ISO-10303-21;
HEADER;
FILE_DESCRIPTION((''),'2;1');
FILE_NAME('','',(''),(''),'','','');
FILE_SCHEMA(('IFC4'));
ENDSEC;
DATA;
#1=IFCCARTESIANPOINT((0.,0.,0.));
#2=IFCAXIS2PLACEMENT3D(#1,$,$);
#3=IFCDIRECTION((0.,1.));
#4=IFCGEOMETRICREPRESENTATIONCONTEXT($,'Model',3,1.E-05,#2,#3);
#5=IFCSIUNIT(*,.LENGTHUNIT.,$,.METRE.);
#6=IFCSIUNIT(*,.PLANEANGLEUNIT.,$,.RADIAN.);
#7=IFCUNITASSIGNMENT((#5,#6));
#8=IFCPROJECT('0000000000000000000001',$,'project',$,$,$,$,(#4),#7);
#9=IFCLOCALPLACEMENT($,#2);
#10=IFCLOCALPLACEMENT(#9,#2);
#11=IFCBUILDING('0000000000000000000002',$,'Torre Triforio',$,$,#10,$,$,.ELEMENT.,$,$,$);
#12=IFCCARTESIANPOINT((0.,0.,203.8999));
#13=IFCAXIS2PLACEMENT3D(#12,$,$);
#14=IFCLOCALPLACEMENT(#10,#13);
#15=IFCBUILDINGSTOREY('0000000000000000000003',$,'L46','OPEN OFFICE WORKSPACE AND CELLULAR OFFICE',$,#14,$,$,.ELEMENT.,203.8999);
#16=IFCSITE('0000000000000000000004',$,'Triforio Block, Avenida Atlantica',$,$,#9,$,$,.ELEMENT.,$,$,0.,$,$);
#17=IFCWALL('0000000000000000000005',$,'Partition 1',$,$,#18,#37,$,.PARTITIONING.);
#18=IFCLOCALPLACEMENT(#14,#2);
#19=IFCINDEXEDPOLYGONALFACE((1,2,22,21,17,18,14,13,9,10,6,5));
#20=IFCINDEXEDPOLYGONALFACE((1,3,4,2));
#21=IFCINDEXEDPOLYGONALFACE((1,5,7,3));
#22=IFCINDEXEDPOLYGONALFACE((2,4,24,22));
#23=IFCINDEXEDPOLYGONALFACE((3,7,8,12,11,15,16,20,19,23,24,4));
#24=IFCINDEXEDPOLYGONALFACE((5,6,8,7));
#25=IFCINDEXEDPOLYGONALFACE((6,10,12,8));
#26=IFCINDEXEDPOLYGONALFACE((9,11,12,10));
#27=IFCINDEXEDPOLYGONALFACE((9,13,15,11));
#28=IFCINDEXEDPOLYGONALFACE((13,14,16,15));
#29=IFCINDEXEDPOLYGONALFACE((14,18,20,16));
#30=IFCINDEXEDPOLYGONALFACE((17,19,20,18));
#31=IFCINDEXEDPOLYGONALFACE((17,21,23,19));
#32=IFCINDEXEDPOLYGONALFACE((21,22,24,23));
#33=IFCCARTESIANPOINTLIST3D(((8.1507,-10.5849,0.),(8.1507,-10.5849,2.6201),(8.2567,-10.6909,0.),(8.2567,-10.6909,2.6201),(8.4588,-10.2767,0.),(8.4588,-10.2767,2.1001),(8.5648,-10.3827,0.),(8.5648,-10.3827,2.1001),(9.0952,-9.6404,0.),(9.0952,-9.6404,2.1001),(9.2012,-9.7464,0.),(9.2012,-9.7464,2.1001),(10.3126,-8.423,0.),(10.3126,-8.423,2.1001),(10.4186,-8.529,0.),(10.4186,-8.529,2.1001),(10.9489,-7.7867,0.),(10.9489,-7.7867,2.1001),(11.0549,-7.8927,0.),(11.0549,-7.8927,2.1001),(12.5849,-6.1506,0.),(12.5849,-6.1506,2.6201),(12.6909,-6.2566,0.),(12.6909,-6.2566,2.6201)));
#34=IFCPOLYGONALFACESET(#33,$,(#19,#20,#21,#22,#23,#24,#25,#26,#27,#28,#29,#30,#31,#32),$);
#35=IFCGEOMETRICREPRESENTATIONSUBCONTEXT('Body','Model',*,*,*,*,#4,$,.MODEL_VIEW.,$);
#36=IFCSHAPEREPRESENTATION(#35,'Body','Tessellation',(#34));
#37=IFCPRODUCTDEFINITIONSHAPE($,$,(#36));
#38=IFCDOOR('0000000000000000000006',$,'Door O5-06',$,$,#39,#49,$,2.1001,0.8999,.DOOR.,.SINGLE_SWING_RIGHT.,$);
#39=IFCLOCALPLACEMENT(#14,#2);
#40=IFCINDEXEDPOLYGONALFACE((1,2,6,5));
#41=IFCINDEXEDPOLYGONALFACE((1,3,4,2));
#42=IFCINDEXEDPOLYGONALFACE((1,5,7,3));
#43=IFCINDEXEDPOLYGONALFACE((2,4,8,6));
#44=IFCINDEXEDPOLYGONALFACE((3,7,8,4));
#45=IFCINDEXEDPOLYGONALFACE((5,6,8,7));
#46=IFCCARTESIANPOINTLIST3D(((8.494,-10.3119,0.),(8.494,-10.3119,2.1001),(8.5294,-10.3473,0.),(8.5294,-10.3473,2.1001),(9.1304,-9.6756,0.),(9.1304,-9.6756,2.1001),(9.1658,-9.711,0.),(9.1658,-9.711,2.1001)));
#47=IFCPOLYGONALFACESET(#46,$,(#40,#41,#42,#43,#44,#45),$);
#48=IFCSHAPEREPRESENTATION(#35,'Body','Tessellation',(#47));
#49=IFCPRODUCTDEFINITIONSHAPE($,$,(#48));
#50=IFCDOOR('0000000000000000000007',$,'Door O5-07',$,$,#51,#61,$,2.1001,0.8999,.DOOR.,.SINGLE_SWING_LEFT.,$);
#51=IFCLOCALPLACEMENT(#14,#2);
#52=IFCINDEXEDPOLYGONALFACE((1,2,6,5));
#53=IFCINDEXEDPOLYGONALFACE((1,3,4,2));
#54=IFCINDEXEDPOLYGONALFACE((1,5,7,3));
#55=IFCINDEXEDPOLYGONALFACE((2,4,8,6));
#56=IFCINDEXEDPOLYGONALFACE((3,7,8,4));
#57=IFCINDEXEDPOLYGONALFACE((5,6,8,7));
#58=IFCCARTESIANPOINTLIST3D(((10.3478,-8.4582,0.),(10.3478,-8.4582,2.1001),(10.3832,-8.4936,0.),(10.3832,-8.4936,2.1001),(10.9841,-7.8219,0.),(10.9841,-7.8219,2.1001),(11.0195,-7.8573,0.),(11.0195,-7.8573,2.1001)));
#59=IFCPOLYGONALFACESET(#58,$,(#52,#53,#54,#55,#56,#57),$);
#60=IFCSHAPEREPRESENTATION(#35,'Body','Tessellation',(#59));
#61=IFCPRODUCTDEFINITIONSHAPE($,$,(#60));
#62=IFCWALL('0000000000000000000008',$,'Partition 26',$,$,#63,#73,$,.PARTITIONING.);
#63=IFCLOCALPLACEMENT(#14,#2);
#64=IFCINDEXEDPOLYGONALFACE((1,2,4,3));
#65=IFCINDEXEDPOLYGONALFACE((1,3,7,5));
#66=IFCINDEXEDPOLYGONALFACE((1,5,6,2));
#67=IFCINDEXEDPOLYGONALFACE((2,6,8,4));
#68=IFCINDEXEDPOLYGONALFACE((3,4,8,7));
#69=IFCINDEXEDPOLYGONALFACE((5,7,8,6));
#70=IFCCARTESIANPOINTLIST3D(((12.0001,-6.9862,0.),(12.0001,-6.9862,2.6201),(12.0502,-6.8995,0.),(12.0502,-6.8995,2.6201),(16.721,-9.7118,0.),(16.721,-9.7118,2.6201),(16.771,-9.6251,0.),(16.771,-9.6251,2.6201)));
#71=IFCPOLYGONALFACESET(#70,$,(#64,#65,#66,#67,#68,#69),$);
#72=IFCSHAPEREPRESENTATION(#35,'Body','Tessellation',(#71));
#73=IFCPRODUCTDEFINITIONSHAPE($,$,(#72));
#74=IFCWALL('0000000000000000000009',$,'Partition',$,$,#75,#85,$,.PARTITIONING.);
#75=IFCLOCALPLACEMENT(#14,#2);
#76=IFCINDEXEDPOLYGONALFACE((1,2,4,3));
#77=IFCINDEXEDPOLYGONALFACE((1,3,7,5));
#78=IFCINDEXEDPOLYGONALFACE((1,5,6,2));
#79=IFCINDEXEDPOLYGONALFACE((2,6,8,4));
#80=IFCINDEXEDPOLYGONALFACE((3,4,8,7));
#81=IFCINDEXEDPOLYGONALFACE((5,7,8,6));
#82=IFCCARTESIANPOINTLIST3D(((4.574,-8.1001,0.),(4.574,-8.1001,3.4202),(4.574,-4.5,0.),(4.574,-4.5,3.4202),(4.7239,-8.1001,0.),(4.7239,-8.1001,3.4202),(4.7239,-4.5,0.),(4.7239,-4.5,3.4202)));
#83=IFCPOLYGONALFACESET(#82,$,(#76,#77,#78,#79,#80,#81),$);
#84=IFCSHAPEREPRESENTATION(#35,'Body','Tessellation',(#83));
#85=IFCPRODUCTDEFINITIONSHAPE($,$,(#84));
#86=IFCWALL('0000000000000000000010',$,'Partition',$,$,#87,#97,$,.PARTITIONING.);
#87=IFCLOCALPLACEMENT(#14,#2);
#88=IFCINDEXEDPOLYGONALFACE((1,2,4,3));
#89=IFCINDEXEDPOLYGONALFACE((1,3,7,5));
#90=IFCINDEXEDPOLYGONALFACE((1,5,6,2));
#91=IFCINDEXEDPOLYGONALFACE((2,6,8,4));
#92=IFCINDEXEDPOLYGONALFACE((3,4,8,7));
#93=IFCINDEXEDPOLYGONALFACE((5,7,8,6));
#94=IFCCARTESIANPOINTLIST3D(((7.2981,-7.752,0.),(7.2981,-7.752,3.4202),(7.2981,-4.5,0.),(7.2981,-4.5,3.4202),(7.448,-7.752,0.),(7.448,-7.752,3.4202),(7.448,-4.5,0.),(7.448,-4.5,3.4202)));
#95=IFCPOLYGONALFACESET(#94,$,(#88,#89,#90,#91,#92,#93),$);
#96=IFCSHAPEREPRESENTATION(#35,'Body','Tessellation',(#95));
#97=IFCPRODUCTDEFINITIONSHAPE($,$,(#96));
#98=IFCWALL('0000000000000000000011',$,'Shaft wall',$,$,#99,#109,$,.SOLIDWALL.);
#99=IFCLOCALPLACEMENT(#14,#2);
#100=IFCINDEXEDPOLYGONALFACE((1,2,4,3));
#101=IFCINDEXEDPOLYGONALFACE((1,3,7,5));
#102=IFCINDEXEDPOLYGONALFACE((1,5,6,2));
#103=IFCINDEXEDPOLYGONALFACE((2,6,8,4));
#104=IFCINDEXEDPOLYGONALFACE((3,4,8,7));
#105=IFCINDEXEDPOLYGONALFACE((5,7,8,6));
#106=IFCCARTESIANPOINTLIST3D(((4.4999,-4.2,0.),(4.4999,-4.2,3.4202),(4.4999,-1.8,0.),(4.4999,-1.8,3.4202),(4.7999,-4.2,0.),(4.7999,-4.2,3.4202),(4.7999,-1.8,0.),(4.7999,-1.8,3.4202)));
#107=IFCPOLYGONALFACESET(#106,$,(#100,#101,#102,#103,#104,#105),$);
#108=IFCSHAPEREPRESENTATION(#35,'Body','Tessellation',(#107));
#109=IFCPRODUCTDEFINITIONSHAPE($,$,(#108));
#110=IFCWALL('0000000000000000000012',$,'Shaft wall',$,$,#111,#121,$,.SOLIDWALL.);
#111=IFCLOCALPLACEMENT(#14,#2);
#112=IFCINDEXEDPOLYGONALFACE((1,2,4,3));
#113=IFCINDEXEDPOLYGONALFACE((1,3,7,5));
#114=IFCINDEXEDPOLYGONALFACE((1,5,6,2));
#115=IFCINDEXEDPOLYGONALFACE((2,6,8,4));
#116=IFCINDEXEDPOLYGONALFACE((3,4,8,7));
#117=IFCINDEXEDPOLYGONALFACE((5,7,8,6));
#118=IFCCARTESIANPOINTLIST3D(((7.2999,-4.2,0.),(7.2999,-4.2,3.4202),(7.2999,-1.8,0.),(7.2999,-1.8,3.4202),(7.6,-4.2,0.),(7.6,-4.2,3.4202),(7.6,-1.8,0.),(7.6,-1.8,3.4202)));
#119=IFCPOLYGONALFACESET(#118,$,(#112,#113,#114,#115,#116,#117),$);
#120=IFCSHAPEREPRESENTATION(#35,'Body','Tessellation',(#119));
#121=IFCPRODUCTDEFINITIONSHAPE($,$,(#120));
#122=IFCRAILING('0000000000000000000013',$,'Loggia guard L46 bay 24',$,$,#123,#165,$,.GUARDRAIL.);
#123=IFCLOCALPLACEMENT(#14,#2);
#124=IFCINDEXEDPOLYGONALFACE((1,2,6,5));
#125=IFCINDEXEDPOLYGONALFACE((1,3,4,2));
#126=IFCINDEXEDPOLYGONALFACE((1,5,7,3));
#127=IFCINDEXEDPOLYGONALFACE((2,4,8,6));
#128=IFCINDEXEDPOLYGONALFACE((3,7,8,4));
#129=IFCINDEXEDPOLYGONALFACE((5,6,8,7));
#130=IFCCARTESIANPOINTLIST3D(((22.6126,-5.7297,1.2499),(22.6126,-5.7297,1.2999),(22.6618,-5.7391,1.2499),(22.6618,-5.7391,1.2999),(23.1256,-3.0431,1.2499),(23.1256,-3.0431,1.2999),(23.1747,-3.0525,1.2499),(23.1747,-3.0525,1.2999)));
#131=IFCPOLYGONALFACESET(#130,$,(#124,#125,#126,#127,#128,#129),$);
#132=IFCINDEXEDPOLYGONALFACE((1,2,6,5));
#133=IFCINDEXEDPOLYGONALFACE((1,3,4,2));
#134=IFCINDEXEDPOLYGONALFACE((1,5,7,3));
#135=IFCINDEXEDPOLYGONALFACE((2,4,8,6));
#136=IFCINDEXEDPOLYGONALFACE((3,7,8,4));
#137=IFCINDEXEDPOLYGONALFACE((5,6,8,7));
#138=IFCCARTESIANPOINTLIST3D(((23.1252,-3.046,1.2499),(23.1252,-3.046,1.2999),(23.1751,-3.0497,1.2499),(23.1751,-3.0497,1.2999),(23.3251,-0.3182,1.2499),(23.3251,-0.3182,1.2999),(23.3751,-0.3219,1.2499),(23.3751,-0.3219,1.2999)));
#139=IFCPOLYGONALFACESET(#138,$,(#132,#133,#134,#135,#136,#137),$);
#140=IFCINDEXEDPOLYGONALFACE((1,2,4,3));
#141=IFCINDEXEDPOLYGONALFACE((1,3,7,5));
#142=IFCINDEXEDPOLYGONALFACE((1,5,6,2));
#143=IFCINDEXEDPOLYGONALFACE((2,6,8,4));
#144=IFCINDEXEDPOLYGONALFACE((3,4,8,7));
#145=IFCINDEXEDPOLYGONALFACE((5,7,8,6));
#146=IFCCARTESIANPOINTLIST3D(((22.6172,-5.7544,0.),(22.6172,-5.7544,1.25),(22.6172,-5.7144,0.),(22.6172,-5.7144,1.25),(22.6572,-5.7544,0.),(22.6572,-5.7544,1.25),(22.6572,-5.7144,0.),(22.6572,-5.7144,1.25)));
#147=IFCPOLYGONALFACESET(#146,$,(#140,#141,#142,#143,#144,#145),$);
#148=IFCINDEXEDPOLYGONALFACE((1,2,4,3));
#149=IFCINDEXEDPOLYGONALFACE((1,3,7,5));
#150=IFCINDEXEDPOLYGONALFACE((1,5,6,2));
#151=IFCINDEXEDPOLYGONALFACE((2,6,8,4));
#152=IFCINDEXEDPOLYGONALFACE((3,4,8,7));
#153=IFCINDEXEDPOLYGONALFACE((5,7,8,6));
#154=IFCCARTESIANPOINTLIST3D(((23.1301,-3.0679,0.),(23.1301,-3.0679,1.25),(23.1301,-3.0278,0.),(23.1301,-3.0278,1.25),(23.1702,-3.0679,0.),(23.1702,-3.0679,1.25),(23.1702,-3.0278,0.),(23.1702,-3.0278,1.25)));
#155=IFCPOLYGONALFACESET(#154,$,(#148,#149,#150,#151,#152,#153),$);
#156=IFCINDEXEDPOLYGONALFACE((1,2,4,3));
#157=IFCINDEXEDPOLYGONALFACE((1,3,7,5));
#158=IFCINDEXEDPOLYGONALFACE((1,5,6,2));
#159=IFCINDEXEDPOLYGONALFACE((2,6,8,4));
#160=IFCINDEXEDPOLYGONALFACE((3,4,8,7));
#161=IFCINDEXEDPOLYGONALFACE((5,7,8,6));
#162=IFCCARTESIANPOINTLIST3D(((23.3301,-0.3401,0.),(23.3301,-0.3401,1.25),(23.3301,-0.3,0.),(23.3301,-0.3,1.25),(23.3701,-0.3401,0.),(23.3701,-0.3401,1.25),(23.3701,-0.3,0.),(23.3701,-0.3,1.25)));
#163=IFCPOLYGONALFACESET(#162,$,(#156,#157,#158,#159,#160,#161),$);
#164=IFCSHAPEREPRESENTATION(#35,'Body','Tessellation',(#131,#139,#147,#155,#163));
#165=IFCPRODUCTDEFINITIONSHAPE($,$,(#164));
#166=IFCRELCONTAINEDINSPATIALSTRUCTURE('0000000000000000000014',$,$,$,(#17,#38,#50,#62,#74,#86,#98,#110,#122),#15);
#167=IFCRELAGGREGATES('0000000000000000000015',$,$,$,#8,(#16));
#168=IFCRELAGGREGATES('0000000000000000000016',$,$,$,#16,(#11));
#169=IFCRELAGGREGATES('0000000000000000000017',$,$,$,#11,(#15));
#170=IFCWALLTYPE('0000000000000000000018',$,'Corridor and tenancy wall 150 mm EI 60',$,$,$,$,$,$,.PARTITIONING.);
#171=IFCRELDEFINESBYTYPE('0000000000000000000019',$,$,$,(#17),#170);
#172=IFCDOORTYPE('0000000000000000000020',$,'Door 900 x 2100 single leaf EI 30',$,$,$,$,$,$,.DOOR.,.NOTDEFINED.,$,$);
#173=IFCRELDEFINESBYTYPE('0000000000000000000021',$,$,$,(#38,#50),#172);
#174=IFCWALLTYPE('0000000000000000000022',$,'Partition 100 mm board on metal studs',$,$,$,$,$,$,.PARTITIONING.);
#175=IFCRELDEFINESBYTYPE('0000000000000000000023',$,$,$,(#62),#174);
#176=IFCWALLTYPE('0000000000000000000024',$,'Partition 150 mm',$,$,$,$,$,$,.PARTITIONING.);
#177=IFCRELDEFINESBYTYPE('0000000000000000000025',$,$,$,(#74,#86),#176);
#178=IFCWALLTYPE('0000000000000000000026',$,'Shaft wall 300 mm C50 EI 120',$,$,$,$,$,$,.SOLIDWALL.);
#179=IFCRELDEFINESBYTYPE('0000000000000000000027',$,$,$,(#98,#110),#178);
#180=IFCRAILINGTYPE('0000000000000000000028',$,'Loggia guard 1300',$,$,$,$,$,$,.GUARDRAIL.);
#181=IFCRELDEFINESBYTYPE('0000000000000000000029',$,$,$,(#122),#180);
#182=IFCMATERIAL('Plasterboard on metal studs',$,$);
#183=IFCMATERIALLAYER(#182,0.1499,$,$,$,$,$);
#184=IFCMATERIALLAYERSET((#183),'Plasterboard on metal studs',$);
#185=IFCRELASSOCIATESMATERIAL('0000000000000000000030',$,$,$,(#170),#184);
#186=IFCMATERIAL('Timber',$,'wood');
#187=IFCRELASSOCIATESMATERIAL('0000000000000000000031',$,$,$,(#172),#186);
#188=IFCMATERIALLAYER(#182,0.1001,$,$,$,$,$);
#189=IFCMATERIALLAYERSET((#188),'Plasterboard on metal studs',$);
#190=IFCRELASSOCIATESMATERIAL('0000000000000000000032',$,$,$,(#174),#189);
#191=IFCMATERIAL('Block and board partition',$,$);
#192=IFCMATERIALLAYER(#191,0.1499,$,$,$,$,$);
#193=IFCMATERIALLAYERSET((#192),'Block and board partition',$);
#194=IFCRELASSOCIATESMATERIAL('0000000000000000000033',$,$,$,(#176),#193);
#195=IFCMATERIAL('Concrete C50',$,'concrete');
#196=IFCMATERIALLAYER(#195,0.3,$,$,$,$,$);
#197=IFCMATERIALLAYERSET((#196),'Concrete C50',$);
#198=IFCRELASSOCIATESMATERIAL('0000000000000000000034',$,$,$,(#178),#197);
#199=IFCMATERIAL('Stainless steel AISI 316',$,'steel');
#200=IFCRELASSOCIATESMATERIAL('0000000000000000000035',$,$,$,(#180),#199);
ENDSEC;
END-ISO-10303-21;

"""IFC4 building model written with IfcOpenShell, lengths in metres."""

from ifc_helpers import new_model, si_unit, direction, frame, frame_2d, origin, origin_2d, place, context, subcontext, project, spatial, rectangle, extrude, material, layer, layer_set, type_object, element, fill, save


model = new_model("IFC4")

# Units and contexts
model_context = context("Model", 3, precision=1e-05, world=origin(), true_north=direction((0.0, 1.0)))
body_context = subcontext(model_context, "Body", "Model", "MODEL_VIEW")
ifc_project = project(units=[si_unit("LENGTHUNIT", "METRE"), si_unit("PLANEANGLEUNIT", "RADIAN")], contexts=[model_context])

# Site, building, storey
site_placement = place(None, origin())
site = spatial("IfcSite", under=ifc_project, at=site_placement, Name="Triforio Block, Avenida Atlantica", CompositionType="ELEMENT", RefElevation=0.0)
building_placement = place(site_placement, origin())
building = spatial("IfcBuilding", under=site, at=building_placement, Name="Torre Triforio", CompositionType="ELEMENT")
storey_placement = place(building_placement, frame((0.0, 0.0, 203.8999)))
storey = spatial("IfcBuildingStorey", under=building, at=storey_placement, Name="L46", Description="OPEN OFFICE WORKSPACE AND CELLULAR OFFICE", CompositionType="ELEMENT", Elevation=203.8999)

# Shared definitions
ifc_material_1 = material(Name="Concrete C50", Category="concrete")

# Wall, openings, doors
ifc_material_2 = material(Name="Plasterboard on metal studs")
ifc_layer_1 = layer(ifc_material_2, 0.1499)
ifc_layer_set_1 = layer_set([ifc_layer_1], Name="Plasterboard on metal studs")
wall_type_1 = type_object("IfcWallType", Name="Corridor and tenancy wall 150 mm EI 60", PredefinedType="PARTITIONING", material=ifc_layer_set_1)
wall_1_placement = place(storey_placement, frame((12.6379, -6.2036, 0.0), z_axis=(0.0, 0.0, 1.0), x_axis=(-0.707107, -0.707107, 0.0)))
wall_1 = element("IfcWall", 1, at=wall_1_placement, inside=storey, type_object=wall_type_1, Name="Partition 1", PredefinedType="PARTITIONING", context=body_context, shape_type="SweptSolid", body=[
    extrude(rectangle(XDim=6.271, YDim=0.1499, at=frame_2d((3.1355, 0.0))), origin(), (0.0, 0.0, 1.0), 2.6201),
])
opening_1_placement = place(wall_1_placement, frame((4.9353, 0.0, 0.0)))
opening_1 = element("IfcOpeningElement", 2, at=opening_1_placement, cuts=wall_1, PredefinedType="OPENING", context=body_context, shape_type="SweptSolid", body=[
    extrude(rectangle(XDim=0.8999, YDim=2.1001, at=frame_2d((0.45, 1.05))), frame((0.0, 0.085, 0.0), z_axis=(0.0, -1.0, 0.0), x_axis=(1.0, 0.0, 0.0)), (0.0, 0.0, 1.0), 0.1699),
])
opening_2_placement = place(wall_1_placement, frame((2.3137, 0.0, 0.0)))
opening_2 = element("IfcOpeningElement", 3, at=opening_2_placement, cuts=wall_1, PredefinedType="OPENING", context=body_context, shape_type="SweptSolid", body=[
    extrude(rectangle(XDim=0.8999, YDim=2.1001, at=frame_2d((0.45, 1.05))), frame((0.0, 0.085, 0.0), z_axis=(0.0, -1.0, 0.0), x_axis=(1.0, 0.0, 0.0)), (0.0, 0.0, 1.0), 0.1699),
])
ifc_material_3 = material(Name="Timber", Category="wood")
door_type_1 = type_object("IfcDoorType", Name="Door 900 x 2100 single leaf EI 30", OperationType="NOTDEFINED", PredefinedType="DOOR", material=ifc_material_3)
door_1_placement = place(opening_1_placement, origin())
door_1 = element("IfcDoor", 4, at=door_1_placement, inside=storey, type_object=door_type_1, Name="Door O5-06", OperationType="SINGLE_SWING_RIGHT", OverallHeight=2.1001, OverallWidth=0.8999, PredefinedType="DOOR", context=body_context, shape_type="SweptSolid", body=[
    extrude(rectangle(XDim=0.8999, YDim=2.1001, at=frame_2d((0.45, 1.05))), frame((0.0, 0.0249, 0.0), z_axis=(0.0, -1.0, 0.0), x_axis=(1.0, 0.0, 0.0)), (0.0, 0.0, 1.0), 0.05),
])
fill(opening_1, door_1)
door_2_placement = place(opening_2_placement, origin())
door_2 = element("IfcDoor", 5, at=door_2_placement, inside=storey, type_object=door_type_1, Name="Door O5-07", OperationType="SINGLE_SWING_LEFT", OverallHeight=2.1001, OverallWidth=0.8999, PredefinedType="DOOR", context=body_context, shape_type="SweptSolid", body=[
    extrude(rectangle(XDim=0.8999, YDim=2.1001, at=frame_2d((0.45, 1.05))), frame((0.0, 0.0249, 0.0), z_axis=(0.0, -1.0, 0.0), x_axis=(1.0, 0.0, 0.0)), (0.0, 0.0, 1.0), 0.05),
])
fill(opening_2, door_2)

# Walls
ifc_layer_2 = layer(ifc_material_2, 0.1001)
ifc_layer_set_2 = layer_set([ifc_layer_2], Name="Plasterboard on metal studs")
wall_type_2 = type_object("IfcWallType", Name="Partition 100 mm board on metal studs", PredefinedType="PARTITIONING", material=ifc_layer_set_2)
wall_2_placement = place(storey_placement, frame((12.0251, -6.9429, 0.0), z_axis=(0.0, 0.0, 1.0), x_axis=(0.86603, -0.499993, 0.0)))
element("IfcWall", 6, at=wall_2_placement, inside=storey, type_object=wall_type_2, Name="Partition 26", PredefinedType="PARTITIONING", context=body_context, shape_type="SweptSolid", body=[
    extrude(rectangle(XDim=5.4512, YDim=0.1001, at=frame_2d((2.7256, 0.0))), origin(), (0.0, 0.0, 1.0), 2.6201),
])
ifc_material_4 = material(Name="Block and board partition")
ifc_layer_3 = layer(ifc_material_4, 0.1499)
ifc_layer_set_3 = layer_set([ifc_layer_3], Name="Block and board partition")
wall_type_3 = type_object("IfcWallType", Name="Partition 150 mm", PredefinedType="PARTITIONING", material=ifc_layer_set_3)
wall_3_placement = place(storey_placement, frame((4.6489, -8.1001, 0.0), z_axis=(0.0, 0.0, 1.0), x_axis=(0.0, 1.0, 0.0)))
element("IfcWall", 7, at=wall_3_placement, inside=storey, type_object=wall_type_3, Name="Partition", PredefinedType="PARTITIONING", context=body_context, shape_type="SweptSolid", body=[
    extrude(rectangle(XDim=3.6001, YDim=0.1499, at=frame_2d((1.8, 0.0))), origin(), (0.0, 0.0, 1.0), 3.4202),
])
wall_4_placement = place(storey_placement, frame((7.373, -7.752, 0.0), z_axis=(0.0, 0.0, 1.0), x_axis=(0.0, 1.0, 0.0)))
element("IfcWall", 8, at=wall_4_placement, inside=storey, type_object=wall_type_3, Name="Partition", PredefinedType="PARTITIONING", context=body_context, shape_type="SweptSolid", body=[
    extrude(rectangle(XDim=3.252, YDim=0.1499, at=frame_2d((1.626, 0.0))), origin(), (0.0, 0.0, 1.0), 3.4202),
])
ifc_layer_4 = layer(ifc_material_1, 0.3)
ifc_layer_set_4 = layer_set([ifc_layer_4], Name="Concrete C50")
wall_type_4 = type_object("IfcWallType", Name="Shaft wall 300 mm C50 EI 120", PredefinedType="SOLIDWALL", material=ifc_layer_set_4)
for number, where, z_axis, x_axis, name in (
    (9, (4.6499, -4.2, 0.0), (0.0, 0.0, 1.0), (0.0, 1.0, 0.0), "Shaft wall"),
    (10, (7.45, -4.2, 0.0), (0.0, 0.0, 1.0), (0.0, 1.0, 0.0), "Shaft wall"),
):
    element("IfcWall", number, at=place(storey_placement, frame(where, z_axis=z_axis, x_axis=x_axis)), inside=storey, type_object=wall_type_4, Name=name, PredefinedType="SOLIDWALL", context=body_context, shape_type="SweptSolid", body=[
        extrude(rectangle(XDim=2.3999, YDim=0.3, at=frame_2d((1.2, 0.0))), origin(), (0.0, 0.0, 1.0), 3.4202),
    ])

# Railing
ifc_material_5 = material(Name="Stainless steel AISI 316", Category="steel")
railing_type = type_object("IfcRailingType", Name="Loggia guard 1300", PredefinedType="GUARDRAIL", material=ifc_material_5)
railing_placement = place(storey_placement, frame((22.6372, -5.7344, 0.0)))
element("IfcRailing", 11, at=railing_placement, inside=storey, type_object=railing_type, Name="Loggia guard L46 bay 24", PredefinedType="GUARDRAIL", context=body_context, shape_type="SweptSolid", body=[
    extrude(rectangle(XDim=0.05, YDim=0.05, at=origin_2d()), frame((0.0, 0.0, 1.2749), z_axis=(0.187543, 0.982256, 0.0), x_axis=(-0.982256, 0.187543, 0.0)), (0.0, 0.0, 1.0), 2.7351),
    extrude(rectangle(XDim=0.05, YDim=0.05, at=origin_2d()), frame((0.5129, 2.6865, 1.2749), z_axis=(0.073106, 0.997324, 0.0), x_axis=(-0.997324, 0.073106, 0.0)), (0.0, 0.0, 1.0), 2.7351),
    extrude(rectangle(XDim=0.04, YDim=0.04, at=origin_2d()), origin(), (0.0, 0.0, 1.0), 1.25),
    extrude(rectangle(XDim=0.04, YDim=0.04, at=origin_2d()), frame((0.5129, 2.6865, 0.0)), (0.0, 0.0, 1.0), 1.25),
    extrude(rectangle(XDim=0.04, YDim=0.04, at=origin_2d()), frame((0.7129, 5.4143, 0.0)), (0.0, 0.0, 1.0), 1.25),
])

save(model, "model.ifc")
